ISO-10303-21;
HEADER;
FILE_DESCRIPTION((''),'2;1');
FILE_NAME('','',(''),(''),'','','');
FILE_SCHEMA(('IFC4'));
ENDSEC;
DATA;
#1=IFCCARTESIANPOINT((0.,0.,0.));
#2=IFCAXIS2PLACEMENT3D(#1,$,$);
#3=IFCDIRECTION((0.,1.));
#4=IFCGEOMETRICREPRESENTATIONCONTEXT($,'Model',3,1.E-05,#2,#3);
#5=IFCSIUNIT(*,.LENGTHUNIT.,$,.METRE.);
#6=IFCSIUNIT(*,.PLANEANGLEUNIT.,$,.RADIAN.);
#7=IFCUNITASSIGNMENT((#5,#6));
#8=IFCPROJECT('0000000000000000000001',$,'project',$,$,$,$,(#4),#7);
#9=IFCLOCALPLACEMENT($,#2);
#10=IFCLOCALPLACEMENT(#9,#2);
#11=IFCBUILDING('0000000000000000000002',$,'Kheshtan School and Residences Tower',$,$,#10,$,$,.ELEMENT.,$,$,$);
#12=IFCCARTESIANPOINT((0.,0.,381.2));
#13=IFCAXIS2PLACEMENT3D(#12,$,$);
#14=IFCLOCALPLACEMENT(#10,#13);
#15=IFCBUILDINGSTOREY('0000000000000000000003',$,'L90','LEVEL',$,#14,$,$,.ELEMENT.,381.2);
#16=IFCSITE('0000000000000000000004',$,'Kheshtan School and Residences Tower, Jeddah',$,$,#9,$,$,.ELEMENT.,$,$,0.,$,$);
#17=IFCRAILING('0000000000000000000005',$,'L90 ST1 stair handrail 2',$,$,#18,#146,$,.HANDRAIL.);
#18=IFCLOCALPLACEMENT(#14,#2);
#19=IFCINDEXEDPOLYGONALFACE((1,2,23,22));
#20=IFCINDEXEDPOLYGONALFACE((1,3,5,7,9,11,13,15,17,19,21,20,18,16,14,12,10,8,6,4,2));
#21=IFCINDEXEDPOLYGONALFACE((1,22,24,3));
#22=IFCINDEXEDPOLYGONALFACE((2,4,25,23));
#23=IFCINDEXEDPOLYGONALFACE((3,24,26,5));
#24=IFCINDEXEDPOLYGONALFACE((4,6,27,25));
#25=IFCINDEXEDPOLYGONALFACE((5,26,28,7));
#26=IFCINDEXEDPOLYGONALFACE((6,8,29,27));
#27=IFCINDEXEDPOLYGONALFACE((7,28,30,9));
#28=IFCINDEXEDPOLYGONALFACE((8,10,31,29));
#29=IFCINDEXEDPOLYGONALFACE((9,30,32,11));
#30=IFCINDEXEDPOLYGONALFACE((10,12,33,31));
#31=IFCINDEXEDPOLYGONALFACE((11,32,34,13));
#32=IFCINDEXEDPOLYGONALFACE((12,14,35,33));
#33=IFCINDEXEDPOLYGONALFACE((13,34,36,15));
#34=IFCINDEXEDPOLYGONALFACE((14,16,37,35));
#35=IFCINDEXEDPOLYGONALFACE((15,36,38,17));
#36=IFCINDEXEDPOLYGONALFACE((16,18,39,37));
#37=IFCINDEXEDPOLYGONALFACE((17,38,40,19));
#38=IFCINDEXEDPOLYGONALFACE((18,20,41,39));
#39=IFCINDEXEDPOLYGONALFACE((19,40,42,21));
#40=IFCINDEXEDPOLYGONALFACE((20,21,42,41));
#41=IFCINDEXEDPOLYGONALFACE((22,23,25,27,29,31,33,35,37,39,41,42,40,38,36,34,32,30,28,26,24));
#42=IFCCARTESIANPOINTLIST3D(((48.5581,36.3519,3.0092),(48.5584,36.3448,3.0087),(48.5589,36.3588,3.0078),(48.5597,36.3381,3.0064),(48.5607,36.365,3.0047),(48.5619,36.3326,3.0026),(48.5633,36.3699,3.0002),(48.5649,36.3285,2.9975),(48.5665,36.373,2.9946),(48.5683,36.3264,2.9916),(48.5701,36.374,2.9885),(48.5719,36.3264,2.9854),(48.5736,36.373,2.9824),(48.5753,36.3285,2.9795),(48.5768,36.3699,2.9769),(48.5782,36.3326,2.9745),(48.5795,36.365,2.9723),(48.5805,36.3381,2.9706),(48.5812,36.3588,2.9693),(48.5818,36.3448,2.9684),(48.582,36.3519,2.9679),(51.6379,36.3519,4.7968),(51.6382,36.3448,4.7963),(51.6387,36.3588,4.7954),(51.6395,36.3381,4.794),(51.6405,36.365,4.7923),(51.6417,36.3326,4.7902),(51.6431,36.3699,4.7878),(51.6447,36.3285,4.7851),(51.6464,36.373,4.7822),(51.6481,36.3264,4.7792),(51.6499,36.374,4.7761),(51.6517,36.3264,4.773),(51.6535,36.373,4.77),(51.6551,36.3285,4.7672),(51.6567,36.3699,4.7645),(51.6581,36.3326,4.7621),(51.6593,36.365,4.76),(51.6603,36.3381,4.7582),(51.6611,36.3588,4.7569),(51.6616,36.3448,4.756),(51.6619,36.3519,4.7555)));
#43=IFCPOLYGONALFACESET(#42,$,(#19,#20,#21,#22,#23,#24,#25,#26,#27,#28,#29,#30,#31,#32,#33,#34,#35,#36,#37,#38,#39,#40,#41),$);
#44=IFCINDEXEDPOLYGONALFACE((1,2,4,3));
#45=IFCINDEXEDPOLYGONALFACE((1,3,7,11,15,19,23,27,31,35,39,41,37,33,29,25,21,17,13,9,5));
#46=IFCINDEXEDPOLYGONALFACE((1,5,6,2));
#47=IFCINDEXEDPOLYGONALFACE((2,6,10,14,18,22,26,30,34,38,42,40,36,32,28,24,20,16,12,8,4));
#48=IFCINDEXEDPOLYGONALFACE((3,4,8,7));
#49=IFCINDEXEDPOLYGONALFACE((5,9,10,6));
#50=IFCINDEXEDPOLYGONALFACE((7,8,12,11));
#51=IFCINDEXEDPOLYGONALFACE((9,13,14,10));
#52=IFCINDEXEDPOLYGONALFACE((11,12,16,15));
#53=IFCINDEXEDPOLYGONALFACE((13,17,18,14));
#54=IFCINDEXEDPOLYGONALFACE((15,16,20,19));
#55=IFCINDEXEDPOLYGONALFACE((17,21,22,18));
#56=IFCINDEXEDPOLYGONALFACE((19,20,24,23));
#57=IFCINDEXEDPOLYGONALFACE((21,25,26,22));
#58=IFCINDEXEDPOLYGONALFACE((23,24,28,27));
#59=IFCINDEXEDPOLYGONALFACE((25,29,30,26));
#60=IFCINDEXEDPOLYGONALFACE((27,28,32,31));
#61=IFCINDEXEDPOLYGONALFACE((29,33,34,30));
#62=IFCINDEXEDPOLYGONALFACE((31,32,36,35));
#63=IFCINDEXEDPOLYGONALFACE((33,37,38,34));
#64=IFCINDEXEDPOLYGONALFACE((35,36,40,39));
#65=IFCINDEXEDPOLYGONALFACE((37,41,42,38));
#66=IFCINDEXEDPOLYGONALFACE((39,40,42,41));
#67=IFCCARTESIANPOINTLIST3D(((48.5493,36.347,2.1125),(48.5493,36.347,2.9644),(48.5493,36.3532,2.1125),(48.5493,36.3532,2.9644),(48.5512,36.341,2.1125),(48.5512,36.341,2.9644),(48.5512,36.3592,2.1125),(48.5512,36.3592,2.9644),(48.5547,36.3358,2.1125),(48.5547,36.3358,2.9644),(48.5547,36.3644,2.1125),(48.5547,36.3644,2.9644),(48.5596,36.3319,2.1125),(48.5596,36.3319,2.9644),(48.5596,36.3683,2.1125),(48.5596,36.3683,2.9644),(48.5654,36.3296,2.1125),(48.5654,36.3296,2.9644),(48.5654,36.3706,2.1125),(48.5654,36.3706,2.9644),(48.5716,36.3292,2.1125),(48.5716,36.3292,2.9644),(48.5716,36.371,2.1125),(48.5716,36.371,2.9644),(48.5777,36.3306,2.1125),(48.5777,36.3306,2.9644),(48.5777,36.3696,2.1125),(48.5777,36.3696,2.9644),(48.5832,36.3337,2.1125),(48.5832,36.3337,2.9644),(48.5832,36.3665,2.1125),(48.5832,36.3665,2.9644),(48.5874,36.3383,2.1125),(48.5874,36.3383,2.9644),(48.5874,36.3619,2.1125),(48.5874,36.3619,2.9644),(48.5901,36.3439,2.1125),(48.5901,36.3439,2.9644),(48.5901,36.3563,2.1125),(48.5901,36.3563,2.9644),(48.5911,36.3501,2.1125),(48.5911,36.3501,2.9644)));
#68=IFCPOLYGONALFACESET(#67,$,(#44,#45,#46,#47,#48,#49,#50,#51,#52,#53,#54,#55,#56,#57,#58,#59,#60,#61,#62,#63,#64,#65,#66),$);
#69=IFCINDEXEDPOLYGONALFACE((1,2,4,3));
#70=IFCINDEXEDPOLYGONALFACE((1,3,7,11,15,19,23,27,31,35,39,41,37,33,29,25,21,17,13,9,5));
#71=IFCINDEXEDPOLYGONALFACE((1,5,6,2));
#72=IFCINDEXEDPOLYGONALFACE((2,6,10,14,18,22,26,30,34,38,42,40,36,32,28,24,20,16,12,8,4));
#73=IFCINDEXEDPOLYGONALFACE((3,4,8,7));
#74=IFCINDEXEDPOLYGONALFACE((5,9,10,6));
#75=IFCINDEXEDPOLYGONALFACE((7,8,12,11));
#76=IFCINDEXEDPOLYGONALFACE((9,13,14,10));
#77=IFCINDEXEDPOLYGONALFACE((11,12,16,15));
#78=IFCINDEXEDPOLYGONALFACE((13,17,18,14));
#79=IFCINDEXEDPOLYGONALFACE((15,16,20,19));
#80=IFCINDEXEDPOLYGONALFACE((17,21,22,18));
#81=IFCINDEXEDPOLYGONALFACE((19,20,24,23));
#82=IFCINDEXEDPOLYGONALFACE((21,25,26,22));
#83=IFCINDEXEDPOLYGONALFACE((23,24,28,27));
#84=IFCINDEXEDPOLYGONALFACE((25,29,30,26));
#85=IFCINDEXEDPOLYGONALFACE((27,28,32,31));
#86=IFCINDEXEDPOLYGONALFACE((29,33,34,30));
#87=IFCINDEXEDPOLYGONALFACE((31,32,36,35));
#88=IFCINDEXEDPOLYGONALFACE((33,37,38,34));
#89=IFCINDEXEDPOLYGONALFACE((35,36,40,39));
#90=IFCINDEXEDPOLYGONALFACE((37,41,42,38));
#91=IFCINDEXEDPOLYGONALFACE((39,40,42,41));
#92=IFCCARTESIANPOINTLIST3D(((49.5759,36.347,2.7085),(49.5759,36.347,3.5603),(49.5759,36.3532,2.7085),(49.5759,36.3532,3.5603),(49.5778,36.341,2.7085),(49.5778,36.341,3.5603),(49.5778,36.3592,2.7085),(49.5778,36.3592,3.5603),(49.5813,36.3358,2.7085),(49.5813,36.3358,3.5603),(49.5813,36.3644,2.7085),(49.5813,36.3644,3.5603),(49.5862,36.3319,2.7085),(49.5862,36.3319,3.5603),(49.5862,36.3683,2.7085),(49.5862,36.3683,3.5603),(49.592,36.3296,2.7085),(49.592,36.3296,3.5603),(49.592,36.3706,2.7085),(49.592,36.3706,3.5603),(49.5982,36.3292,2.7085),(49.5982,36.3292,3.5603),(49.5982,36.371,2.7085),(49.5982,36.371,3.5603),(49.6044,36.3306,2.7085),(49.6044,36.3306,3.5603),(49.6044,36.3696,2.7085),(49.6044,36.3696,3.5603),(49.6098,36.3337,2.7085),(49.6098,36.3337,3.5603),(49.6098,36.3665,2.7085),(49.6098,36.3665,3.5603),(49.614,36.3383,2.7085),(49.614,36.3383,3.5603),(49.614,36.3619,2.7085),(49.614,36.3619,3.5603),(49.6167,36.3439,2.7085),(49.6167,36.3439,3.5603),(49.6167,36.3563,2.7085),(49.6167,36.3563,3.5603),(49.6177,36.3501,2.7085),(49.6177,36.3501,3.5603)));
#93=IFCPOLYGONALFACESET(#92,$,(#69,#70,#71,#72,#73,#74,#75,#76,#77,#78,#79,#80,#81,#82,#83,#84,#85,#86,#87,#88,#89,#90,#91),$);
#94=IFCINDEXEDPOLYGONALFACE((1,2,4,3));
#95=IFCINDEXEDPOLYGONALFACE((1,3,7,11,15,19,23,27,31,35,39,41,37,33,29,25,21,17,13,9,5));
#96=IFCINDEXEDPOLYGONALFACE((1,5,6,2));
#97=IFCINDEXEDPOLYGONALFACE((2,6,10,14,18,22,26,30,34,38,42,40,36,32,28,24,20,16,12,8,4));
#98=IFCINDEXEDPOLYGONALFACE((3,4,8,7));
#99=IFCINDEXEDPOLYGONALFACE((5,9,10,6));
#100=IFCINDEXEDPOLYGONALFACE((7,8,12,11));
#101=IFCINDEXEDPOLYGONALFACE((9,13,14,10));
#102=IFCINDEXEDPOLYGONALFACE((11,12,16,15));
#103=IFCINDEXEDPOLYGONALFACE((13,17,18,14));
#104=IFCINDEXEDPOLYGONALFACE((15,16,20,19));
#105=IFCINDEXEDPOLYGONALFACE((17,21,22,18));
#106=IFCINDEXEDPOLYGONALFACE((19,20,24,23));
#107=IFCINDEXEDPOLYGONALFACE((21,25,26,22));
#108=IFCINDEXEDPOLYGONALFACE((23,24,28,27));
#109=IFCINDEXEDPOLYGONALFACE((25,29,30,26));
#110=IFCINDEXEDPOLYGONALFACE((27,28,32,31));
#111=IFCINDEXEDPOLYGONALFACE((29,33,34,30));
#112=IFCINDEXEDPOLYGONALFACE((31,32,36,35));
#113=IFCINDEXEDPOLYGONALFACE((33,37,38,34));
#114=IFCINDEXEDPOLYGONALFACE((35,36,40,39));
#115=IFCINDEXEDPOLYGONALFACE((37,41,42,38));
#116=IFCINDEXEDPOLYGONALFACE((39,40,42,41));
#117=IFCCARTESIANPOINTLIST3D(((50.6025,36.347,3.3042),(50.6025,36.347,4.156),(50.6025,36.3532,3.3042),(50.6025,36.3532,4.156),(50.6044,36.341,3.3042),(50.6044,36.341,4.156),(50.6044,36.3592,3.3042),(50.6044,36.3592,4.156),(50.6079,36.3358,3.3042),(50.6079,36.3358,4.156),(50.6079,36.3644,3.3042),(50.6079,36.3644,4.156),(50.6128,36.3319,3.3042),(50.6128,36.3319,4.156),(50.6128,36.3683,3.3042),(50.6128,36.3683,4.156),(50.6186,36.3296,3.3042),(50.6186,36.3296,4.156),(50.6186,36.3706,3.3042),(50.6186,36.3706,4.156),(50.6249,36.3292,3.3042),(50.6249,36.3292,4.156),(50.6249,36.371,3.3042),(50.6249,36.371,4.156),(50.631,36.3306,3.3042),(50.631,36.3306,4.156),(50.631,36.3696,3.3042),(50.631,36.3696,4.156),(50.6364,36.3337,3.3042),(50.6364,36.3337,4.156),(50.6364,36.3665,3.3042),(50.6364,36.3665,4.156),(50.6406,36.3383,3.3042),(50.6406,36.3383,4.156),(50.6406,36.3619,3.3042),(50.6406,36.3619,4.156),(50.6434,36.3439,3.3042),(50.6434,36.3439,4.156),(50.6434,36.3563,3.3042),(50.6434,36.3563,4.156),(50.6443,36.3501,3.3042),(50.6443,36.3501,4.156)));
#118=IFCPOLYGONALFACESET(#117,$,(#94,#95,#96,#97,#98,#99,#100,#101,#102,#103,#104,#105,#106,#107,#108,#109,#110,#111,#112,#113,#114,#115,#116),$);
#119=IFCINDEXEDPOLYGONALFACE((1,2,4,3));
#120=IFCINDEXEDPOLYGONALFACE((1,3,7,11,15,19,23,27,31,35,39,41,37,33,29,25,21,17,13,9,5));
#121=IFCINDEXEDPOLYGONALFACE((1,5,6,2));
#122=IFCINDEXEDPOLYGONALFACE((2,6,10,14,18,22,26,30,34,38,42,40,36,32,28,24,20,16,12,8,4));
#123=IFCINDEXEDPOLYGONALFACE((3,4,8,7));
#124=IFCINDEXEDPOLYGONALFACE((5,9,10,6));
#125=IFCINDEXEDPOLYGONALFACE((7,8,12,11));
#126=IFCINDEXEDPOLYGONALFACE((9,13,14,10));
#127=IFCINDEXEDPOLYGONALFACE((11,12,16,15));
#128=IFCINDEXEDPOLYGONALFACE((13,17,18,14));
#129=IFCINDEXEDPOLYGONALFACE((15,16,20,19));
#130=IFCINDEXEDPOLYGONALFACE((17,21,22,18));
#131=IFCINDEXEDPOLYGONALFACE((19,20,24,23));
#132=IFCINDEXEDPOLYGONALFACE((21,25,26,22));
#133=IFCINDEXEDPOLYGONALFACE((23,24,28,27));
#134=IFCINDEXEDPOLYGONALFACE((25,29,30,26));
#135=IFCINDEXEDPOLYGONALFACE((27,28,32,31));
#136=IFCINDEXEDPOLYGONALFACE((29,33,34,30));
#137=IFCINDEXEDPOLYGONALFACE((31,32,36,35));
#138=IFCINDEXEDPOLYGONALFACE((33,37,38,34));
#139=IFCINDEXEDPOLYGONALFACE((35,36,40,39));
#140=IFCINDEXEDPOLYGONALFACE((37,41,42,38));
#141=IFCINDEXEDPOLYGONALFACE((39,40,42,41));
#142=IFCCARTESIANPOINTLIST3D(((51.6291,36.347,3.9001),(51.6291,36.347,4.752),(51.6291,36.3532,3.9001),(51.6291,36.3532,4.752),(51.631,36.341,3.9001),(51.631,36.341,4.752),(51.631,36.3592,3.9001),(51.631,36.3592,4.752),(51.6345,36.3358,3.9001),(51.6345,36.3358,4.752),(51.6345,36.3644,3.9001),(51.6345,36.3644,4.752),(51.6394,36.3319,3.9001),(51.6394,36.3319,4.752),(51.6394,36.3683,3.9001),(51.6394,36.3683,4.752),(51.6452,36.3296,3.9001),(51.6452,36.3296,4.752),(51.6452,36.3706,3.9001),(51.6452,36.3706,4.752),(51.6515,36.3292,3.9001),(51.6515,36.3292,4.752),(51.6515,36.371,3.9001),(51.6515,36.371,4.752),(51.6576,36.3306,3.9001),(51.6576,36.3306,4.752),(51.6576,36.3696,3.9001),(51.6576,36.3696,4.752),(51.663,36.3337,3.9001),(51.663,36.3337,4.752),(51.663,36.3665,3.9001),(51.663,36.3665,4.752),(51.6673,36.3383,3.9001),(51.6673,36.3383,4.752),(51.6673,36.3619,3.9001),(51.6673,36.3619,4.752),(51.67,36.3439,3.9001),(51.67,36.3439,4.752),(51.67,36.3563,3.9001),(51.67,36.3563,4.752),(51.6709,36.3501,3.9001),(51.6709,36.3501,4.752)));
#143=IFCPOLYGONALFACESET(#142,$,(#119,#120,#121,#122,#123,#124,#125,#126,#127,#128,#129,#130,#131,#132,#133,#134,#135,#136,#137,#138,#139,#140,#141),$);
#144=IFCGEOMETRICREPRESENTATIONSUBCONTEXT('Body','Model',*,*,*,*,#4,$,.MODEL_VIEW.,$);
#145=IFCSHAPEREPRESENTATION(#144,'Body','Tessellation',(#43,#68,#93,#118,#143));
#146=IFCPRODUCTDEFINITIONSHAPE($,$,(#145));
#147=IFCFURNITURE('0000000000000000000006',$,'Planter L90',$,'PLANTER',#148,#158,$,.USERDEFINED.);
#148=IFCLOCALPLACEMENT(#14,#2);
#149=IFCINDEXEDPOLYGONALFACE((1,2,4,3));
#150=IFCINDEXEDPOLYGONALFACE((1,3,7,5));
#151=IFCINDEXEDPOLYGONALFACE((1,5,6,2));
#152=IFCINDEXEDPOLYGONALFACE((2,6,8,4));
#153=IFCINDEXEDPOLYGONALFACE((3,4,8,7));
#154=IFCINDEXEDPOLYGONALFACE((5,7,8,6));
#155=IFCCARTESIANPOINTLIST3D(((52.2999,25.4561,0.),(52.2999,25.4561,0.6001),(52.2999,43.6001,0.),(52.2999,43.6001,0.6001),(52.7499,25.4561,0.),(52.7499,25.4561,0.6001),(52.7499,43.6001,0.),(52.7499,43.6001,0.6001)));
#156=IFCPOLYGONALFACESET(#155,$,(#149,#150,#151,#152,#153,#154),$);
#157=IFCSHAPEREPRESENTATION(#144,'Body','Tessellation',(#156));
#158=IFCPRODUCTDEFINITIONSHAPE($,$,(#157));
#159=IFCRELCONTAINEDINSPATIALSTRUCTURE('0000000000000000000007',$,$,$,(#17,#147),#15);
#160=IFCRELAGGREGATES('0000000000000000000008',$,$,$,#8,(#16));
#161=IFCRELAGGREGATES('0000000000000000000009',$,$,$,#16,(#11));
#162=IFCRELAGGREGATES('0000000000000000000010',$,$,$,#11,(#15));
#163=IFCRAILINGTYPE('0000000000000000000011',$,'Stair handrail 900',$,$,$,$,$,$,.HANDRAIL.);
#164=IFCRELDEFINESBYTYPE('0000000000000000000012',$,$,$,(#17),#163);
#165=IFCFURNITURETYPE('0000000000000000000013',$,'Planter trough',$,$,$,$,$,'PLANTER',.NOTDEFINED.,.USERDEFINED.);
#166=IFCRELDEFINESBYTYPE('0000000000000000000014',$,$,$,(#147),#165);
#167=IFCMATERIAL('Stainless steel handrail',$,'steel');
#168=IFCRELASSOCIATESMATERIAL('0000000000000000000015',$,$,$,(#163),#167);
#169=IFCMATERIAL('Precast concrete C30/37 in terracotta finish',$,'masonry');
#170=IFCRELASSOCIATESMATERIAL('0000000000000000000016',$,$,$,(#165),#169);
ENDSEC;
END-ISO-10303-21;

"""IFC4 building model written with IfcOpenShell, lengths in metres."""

from ifc_helpers import new_model, si_unit, direction, frame, origin, origin_2d, place, context, subcontext, project, spatial, rectangle, circle, extrude, material, type_object, element, save


model = new_model("IFC4")

# Units and contexts
model_context = context("Model", 3, precision=1e-05, world=origin(), true_north=direction((0.0, 1.0)))
body_context = subcontext(model_context, "Body", "Model", "MODEL_VIEW")
ifc_project = project(units=[si_unit("LENGTHUNIT", "METRE"), si_unit("PLANEANGLEUNIT", "RADIAN")], contexts=[model_context])

# Site, building, storey
site_placement = place(None, origin())
site = spatial("IfcSite", under=ifc_project, at=site_placement, Name="Kheshtan School and Residences Tower, Jeddah", CompositionType="ELEMENT", RefElevation=0.0)
building_placement = place(site_placement, origin())
building = spatial("IfcBuilding", under=site, at=building_placement, Name="Kheshtan School and Residences Tower", CompositionType="ELEMENT")
storey_placement = place(building_placement, frame((0.0, 0.0, 381.2)))
storey = spatial("IfcBuildingStorey", under=building, at=storey_placement, Name="L90", Description="LEVEL", CompositionType="ELEMENT", Elevation=381.2)

# Railing
ifc_material_1 = material(Name="Stainless steel handrail", Category="steel")
railing_type_1 = type_object("IfcRailingType", Name="Stair handrail 900", PredefinedType="HANDRAIL", material=ifc_material_1)
railing_1_placement = place(storey_placement, frame((48.5701, 36.3501, 2.1125)))
element("IfcRailing", 1, at=railing_1_placement, inside=storey, type_object=railing_type_1, Name="L90 ST1 stair handrail 2", PredefinedType="HANDRAIL", context=body_context, shape_type="SweptSolid", body=[
    extrude(circle(Radius=0.0239, at=origin_2d()), frame((0.0, 0.0, 0.876), z_axis=(0.864873, 0.0, 0.50199), x_axis=(0.0, 1.0, 0.0)), (0.0, 0.0, 1.0), 3.561),
    extrude(circle(Radius=0.021, at=origin_2d()), origin(), (0.0, 0.0, 1.0), 0.8518),
    extrude(circle(Radius=0.021, at=origin_2d()), frame((1.0266, 0.0, 0.5959)), (0.0, 0.0, 1.0), 0.8518),
    extrude(circle(Radius=0.021, at=origin_2d()), frame((2.0532, 0.0, 1.1917)), (0.0, 0.0, 1.0), 0.8518),
    extrude(circle(Radius=0.021, at=origin_2d()), frame((3.0798, 0.0, 1.7876)), (0.0, 0.0, 1.0), 0.8518),
])

# Furniture
ifc_material_2 = material(Name="Precast concrete C30/37 in terracotta finish", Category="masonry")
furniture_type = type_object("IfcFurnitureType", Name="Planter trough", ElementType="PLANTER", AssemblyPlace="NOTDEFINED", PredefinedType="USERDEFINED", material=ifc_material_2)
furniture_placement = place(storey_placement, frame((52.5249, 34.5281, 0.0), z_axis=(0.0, 0.0, 1.0), x_axis=(0.0, -1.0, 0.0)))
element("IfcFurniture", 2, at=furniture_placement, inside=storey, type_object=furniture_type, Name="Planter L90", ObjectType="PLANTER", PredefinedType="USERDEFINED", context=body_context, shape_type="SweptSolid", body=[
    extrude(rectangle(XDim=18.144, YDim=0.45, at=origin_2d()), origin(), (0.0, 0.0, 1.0), 0.6001),
])

save(model, "model.ifc")
